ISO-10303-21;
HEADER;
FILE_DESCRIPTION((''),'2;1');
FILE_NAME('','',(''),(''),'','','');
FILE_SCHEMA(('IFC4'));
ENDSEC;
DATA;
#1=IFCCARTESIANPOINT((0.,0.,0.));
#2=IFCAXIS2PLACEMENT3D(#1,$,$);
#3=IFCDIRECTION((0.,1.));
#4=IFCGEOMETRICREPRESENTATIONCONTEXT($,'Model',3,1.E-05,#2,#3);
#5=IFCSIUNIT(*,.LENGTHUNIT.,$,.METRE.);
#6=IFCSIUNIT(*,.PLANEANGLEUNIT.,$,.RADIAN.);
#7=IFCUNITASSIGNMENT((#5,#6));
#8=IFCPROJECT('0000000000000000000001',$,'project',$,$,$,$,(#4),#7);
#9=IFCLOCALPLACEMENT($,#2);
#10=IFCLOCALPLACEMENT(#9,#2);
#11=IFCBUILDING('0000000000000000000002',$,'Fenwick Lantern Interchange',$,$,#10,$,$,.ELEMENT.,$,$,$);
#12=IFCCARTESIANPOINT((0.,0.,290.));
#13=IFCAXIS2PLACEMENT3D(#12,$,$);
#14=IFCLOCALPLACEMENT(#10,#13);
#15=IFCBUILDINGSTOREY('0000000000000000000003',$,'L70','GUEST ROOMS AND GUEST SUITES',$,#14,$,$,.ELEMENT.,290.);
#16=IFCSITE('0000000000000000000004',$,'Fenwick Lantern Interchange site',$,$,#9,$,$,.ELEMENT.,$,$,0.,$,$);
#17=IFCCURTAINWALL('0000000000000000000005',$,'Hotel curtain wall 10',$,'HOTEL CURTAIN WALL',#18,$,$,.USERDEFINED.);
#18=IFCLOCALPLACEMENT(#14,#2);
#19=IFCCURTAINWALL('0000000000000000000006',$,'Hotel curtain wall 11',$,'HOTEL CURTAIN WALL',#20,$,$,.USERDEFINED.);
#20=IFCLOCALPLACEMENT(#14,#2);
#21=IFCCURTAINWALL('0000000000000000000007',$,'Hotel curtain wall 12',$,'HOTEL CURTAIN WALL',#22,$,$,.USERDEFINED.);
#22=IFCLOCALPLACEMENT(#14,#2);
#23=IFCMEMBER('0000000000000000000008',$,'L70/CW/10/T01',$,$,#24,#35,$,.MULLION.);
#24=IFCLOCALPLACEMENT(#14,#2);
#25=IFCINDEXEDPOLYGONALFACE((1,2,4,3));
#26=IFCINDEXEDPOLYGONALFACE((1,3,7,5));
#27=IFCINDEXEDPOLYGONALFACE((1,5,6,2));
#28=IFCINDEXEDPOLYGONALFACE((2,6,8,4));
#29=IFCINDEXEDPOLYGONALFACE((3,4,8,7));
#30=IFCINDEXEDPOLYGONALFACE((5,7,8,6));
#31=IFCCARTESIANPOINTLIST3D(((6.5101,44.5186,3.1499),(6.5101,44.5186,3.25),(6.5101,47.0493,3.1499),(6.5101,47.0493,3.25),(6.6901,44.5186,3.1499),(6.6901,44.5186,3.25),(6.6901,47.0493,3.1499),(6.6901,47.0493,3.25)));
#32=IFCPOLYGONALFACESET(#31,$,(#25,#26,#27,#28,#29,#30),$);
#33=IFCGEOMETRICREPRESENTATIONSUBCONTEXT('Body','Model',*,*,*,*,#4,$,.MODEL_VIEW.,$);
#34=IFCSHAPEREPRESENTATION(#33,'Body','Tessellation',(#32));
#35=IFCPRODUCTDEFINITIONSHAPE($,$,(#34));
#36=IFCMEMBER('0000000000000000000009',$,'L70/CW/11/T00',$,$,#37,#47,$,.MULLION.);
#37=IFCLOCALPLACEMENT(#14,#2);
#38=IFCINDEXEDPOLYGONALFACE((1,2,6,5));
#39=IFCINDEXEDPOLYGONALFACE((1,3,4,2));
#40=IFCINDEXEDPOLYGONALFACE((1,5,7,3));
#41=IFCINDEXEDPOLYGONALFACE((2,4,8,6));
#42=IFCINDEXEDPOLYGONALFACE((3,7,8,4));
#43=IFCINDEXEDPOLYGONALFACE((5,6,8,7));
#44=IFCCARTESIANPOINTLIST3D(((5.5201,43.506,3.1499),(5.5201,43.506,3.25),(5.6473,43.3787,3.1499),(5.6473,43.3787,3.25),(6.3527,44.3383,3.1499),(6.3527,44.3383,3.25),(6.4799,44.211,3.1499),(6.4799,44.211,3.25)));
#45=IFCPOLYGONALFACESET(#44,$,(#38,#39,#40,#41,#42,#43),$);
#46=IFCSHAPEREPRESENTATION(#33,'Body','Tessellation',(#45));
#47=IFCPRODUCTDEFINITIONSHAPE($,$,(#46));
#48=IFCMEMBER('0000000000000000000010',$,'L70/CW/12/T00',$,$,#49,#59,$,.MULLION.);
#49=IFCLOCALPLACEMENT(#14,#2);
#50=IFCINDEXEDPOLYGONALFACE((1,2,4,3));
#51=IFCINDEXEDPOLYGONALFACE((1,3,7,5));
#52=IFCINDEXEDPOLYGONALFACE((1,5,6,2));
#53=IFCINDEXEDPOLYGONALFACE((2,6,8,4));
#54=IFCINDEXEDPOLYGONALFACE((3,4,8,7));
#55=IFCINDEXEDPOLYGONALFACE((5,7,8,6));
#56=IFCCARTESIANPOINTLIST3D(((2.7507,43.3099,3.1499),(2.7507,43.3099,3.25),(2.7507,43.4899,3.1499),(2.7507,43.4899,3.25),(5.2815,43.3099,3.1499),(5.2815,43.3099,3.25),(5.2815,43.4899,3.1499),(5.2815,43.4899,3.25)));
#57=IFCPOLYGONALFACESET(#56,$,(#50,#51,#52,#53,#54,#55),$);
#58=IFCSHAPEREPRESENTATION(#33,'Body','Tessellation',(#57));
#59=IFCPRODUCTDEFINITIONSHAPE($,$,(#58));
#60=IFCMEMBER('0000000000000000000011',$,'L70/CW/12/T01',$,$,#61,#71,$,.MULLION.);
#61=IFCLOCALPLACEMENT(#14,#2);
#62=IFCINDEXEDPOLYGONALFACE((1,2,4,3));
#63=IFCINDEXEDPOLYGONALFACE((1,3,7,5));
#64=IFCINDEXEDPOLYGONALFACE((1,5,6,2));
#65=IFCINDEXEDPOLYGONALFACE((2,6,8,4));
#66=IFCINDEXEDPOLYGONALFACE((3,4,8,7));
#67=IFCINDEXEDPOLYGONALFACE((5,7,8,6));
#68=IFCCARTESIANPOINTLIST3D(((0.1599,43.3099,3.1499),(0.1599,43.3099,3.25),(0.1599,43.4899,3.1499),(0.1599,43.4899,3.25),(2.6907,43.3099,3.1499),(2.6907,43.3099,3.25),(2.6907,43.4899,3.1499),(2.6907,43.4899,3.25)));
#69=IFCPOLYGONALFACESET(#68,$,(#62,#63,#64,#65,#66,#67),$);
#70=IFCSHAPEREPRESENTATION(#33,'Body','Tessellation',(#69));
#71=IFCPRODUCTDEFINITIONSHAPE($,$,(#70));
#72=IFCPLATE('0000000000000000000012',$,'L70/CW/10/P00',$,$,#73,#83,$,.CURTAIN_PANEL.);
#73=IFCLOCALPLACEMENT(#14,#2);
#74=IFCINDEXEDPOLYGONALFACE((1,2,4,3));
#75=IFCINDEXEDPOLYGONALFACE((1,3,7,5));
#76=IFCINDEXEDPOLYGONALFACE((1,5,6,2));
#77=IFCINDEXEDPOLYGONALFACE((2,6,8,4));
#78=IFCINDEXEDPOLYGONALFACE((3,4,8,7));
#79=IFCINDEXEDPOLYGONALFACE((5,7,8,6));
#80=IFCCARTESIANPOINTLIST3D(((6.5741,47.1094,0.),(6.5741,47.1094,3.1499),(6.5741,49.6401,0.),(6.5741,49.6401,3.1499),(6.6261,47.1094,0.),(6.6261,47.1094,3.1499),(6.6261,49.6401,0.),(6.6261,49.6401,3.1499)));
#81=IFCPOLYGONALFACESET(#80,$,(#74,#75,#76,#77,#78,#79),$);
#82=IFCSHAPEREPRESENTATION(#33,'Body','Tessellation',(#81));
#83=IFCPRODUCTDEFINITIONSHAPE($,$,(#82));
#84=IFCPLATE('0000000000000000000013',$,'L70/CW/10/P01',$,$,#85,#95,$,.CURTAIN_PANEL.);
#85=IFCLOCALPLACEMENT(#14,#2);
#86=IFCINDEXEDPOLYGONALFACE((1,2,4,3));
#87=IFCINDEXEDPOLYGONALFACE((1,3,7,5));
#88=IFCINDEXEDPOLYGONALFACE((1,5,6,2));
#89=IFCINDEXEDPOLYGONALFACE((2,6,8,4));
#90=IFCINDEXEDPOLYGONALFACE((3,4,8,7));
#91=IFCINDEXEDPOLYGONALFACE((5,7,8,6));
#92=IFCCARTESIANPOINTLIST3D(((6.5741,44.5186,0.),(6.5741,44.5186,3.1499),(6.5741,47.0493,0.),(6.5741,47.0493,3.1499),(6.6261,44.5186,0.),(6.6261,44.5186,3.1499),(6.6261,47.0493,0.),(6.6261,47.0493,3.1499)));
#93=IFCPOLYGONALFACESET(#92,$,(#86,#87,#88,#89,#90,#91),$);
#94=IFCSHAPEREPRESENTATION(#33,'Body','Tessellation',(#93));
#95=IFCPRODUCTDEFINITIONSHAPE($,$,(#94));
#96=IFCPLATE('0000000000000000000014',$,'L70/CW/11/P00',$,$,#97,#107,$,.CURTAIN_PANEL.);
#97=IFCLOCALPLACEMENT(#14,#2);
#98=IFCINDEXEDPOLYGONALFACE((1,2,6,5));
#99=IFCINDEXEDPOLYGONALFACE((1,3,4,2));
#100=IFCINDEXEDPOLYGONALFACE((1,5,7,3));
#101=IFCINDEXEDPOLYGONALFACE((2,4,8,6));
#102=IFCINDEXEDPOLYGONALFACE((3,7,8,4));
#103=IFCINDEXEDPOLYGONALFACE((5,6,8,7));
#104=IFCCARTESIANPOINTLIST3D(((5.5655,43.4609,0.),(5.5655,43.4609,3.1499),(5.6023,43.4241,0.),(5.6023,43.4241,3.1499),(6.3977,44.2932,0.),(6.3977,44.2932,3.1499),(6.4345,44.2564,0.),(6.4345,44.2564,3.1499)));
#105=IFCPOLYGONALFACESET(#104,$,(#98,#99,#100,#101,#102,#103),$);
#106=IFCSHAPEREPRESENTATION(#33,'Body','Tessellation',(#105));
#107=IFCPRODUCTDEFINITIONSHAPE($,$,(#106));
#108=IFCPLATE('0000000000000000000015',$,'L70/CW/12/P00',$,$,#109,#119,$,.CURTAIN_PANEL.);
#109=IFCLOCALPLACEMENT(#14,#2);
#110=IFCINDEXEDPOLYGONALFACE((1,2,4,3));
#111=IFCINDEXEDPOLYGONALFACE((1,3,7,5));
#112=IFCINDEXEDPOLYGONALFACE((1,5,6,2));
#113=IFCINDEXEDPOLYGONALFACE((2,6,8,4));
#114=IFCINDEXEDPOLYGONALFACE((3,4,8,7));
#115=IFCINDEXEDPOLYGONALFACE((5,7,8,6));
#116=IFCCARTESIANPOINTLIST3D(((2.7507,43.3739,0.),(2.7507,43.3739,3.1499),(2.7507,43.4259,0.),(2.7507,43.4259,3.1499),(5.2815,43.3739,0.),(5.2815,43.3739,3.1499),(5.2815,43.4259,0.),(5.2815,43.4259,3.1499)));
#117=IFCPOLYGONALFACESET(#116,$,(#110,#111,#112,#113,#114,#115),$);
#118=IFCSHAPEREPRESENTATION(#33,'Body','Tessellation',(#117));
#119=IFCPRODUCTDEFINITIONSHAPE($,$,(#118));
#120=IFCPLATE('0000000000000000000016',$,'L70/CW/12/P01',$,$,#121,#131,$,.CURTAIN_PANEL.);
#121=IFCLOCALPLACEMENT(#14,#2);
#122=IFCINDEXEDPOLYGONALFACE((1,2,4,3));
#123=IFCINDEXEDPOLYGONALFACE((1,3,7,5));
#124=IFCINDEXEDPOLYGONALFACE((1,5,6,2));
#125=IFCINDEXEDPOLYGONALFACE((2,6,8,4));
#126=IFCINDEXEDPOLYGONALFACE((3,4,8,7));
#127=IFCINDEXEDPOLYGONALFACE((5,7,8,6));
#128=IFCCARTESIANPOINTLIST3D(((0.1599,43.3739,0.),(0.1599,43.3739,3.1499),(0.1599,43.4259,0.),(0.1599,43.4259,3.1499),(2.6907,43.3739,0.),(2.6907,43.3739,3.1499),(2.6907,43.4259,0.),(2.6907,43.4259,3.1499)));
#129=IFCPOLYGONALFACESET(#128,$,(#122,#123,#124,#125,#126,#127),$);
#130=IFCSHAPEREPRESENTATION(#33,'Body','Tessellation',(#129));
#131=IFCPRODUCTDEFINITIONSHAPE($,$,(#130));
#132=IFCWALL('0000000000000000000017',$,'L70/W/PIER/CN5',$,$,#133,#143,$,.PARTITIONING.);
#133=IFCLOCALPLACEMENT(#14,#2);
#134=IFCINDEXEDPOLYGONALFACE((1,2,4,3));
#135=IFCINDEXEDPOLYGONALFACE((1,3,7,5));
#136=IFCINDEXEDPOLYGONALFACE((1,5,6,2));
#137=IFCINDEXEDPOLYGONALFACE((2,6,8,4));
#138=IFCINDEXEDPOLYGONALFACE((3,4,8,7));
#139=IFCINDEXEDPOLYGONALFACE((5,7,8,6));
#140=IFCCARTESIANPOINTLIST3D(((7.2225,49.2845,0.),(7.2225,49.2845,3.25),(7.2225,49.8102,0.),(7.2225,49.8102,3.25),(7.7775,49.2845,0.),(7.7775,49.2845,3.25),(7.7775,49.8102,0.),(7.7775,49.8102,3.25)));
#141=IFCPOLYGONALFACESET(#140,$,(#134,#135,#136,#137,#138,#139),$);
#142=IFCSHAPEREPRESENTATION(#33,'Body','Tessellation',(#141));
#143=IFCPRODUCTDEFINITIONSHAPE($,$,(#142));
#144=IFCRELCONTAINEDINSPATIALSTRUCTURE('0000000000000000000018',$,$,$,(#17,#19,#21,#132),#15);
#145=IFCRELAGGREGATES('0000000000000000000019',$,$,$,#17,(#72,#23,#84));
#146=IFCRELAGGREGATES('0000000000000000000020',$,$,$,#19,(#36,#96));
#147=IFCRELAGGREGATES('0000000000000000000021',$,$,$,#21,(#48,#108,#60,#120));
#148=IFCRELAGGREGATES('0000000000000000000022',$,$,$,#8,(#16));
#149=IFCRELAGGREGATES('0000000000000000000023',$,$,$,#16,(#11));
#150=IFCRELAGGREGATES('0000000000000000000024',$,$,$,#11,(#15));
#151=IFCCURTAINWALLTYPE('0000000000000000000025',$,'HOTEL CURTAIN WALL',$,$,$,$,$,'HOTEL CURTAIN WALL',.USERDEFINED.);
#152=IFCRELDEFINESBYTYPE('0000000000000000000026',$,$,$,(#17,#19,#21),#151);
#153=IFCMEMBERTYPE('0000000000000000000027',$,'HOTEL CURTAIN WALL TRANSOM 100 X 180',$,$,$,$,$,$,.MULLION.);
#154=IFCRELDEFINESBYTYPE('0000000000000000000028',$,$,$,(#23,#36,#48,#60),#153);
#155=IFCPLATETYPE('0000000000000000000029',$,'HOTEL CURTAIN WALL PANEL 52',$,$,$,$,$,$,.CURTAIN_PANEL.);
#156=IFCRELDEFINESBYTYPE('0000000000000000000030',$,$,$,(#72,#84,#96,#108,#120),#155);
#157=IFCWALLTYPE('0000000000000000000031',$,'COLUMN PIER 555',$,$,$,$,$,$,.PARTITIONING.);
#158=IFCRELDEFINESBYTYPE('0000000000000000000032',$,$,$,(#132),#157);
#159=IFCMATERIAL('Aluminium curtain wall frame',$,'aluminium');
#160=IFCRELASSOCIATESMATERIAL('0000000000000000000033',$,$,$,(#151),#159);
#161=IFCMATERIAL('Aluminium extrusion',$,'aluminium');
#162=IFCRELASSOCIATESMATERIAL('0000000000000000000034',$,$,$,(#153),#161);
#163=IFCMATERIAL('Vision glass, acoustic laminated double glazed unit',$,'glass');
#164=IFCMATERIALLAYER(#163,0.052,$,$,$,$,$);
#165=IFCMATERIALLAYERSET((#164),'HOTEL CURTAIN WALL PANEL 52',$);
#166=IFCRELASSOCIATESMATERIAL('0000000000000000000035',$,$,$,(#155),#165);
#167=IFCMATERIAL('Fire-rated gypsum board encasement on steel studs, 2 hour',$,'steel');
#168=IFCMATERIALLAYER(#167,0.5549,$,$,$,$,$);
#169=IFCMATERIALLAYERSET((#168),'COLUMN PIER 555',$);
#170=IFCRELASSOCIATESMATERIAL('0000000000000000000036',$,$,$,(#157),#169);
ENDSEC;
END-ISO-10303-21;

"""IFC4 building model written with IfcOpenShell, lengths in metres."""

from ifc_helpers import new_model, si_unit, direction, frame, frame_2d, origin, origin_2d, place, context, subcontext, project, spatial, rectangle, extrude, material, layer, layer_set, material_profile, profile_set, type_object, element, aggregate, save


model = new_model("IFC4")

# Units and contexts
model_context = context("Model", 3, precision=1e-05, world=origin(), true_north=direction((0.0, 1.0)))
body_context = subcontext(model_context, "Body", "Model", "MODEL_VIEW")
ifc_project = project(units=[si_unit("LENGTHUNIT", "METRE"), si_unit("PLANEANGLEUNIT", "RADIAN")], contexts=[model_context])

# Site, building, storey
site_placement = place(None, origin())
site = spatial("IfcSite", under=ifc_project, at=site_placement, Name="Fenwick Lantern Interchange site", CompositionType="ELEMENT", RefElevation=0.0)
building_placement = place(site_placement, origin())
building = spatial("IfcBuilding", under=site, at=building_placement, Name="Fenwick Lantern Interchange", CompositionType="ELEMENT")
storey_placement = place(building_placement, frame((0.0, 0.0, 290.0)))
storey = spatial("IfcBuildingStorey", under=building, at=storey_placement, Name="L70", Description="GUEST ROOMS AND GUEST SUITES", CompositionType="ELEMENT", Elevation=290.0)

# Shared definitions
ifc_material_1 = material(Name="Aluminium curtain wall frame", Category="aluminium")
curtain_wall_type = type_object("IfcCurtainWallType", Name="HOTEL CURTAIN WALL", ElementType="HOTEL CURTAIN WALL", PredefinedType="USERDEFINED", material=ifc_material_1)
ifc_material_2 = material(Name="Aluminium extrusion", Category="aluminium")

# Curtain walls
curtain_wall_1_placement = place(storey_placement, origin())
curtain_wall_1 = element("IfcCurtainWall", 1, at=curtain_wall_1_placement, inside=storey, type_object=curtain_wall_type, Name="Hotel curtain wall 10", ObjectType="HOTEL CURTAIN WALL", PredefinedType="USERDEFINED")
curtain_wall_2_placement = place(storey_placement, origin())
curtain_wall_2 = element("IfcCurtainWall", 2, at=curtain_wall_2_placement, inside=storey, type_object=curtain_wall_type, Name="Hotel curtain wall 11", ObjectType="HOTEL CURTAIN WALL", PredefinedType="USERDEFINED")
curtain_wall_3_placement = place(storey_placement, origin())
curtain_wall_3 = element("IfcCurtainWall", 3, at=curtain_wall_3_placement, inside=storey, type_object=curtain_wall_type, Name="Hotel curtain wall 12", ObjectType="HOTEL CURTAIN WALL", PredefinedType="USERDEFINED")

# Members
ifc_material_profile_1 = material_profile(ifc_material_2, rectangle(XDim=0.1799, YDim=0.1001, at=origin_2d()), Name="HOTEL CURTAIN WALL TRANSOM 100 X 180")
ifc_profile_set_1 = profile_set([ifc_material_profile_1], Name="Aluminium extrusion")
member_type_1 = type_object("IfcMemberType", Name="HOTEL CURTAIN WALL TRANSOM 100 X 180", PredefinedType="MULLION", material=ifc_profile_set_1)
member_1_placement = place(storey_placement, frame((6.6001, 47.0493, 3.2), z_axis=(0.0, -1.0, 0.0), x_axis=(1.0, 0.0, 0.0)))
member_1 = element("IfcMember", 4, at=member_1_placement, type_object=member_type_1, Name="L70/CW/10/T01", PredefinedType="MULLION", context=body_context, shape_type="SweptSolid", body=[
    extrude(rectangle(XDim=0.1799, YDim=0.1001, at=origin_2d()), origin(), (0.0, 0.0, 1.0), 2.5308),
])
member_2_placement = place(storey_placement, frame((6.4163, 44.2747, 3.2), z_axis=(-0.70721, -0.707003, 0.0), x_axis=(0.707003, -0.70721, 0.0)))
member_2 = element("IfcMember", 5, at=member_2_placement, type_object=member_type_1, Name="L70/CW/11/T00", PredefinedType="MULLION", context=body_context, shape_type="SweptSolid", body=[
    extrude(rectangle(XDim=0.1799, YDim=0.1001, at=origin_2d()), origin(), (0.0, 0.0, 1.0), 1.1772),
])
member_3_placement = place(storey_placement, frame((5.2815, 43.3999, 3.2), z_axis=(-1.0, 0.0, 0.0), x_axis=(0.0, -1.0, 0.0)))
member_3 = element("IfcMember", 6, at=member_3_placement, type_object=member_type_1, Name="L70/CW/12/T00", PredefinedType="MULLION", context=body_context, shape_type="SweptSolid", body=[
    extrude(rectangle(XDim=0.1799, YDim=0.1001, at=origin_2d()), origin(), (0.0, 0.0, 1.0), 2.5308),
])
member_4_placement = place(storey_placement, frame((2.6907, 43.3999, 3.2), z_axis=(-1.0, 0.0, 0.0), x_axis=(0.0, -1.0, 0.0)))
member_4 = element("IfcMember", 7, at=member_4_placement, type_object=member_type_1, Name="L70/CW/12/T01", PredefinedType="MULLION", context=body_context, shape_type="SweptSolid", body=[
    extrude(rectangle(XDim=0.1799, YDim=0.1001, at=origin_2d()), origin(), (0.0, 0.0, 1.0), 2.5308),
])

# Plates
ifc_material_3 = material(Name="Vision glass, acoustic laminated double glazed unit", Category="glass")
ifc_layer_1 = layer(ifc_material_3, 0.052)
ifc_layer_set_1 = layer_set([ifc_layer_1], Name="HOTEL CURTAIN WALL PANEL 52")
plate_type = type_object("IfcPlateType", Name="HOTEL CURTAIN WALL PANEL 52", PredefinedType="CURTAIN_PANEL", material=ifc_layer_set_1)
plate_1_placement = place(storey_placement, frame((6.6001, 48.3748, 0.0), z_axis=(0.0, 0.0, 1.0), x_axis=(0.0, -1.0, 0.0)))
plate_1 = element("IfcPlate", 8, at=plate_1_placement, type_object=plate_type, Name="L70/CW/10/P00", PredefinedType="CURTAIN_PANEL", context=body_context, shape_type="SweptSolid", body=[
    extrude(rectangle(XDim=2.5308, YDim=0.052, at=origin_2d()), origin(), (0.0, 0.0, 1.0), 3.1499),
])
plate_2_placement = place(storey_placement, frame((6.6001, 45.7839, 0.0), z_axis=(0.0, 0.0, 1.0), x_axis=(0.0, -1.0, 0.0)))
plate_2 = element("IfcPlate", 9, at=plate_2_placement, type_object=plate_type, Name="L70/CW/10/P01", PredefinedType="CURTAIN_PANEL", context=body_context, shape_type="SweptSolid", body=[
    extrude(rectangle(XDim=2.5308, YDim=0.052, at=origin_2d()), origin(), (0.0, 0.0, 1.0), 3.1499),
])
aggregate(curtain_wall_1, [plate_1, member_1, plate_2])
plate_3_placement = place(storey_placement, frame((6.0, 43.8586, 0.0), z_axis=(0.0, 0.0, 1.0), x_axis=(-0.707107, -0.707107, 0.0)))
plate_3 = element("IfcPlate", 10, at=plate_3_placement, type_object=plate_type, Name="L70/CW/11/P00", PredefinedType="CURTAIN_PANEL", context=body_context, shape_type="SweptSolid", body=[
    extrude(rectangle(XDim=1.177, YDim=0.052, at=origin_2d()), origin(), (0.0, 0.0, 1.0), 3.1499),
])
aggregate(curtain_wall_2, [member_2, plate_3])
plate_4_placement = place(storey_placement, frame((4.0161, 43.3999, 0.0), z_axis=(0.0, 0.0, 1.0), x_axis=(-1.0, 0.0, 0.0)))
plate_4 = element("IfcPlate", 11, at=plate_4_placement, type_object=plate_type, Name="L70/CW/12/P00", PredefinedType="CURTAIN_PANEL", context=body_context, shape_type="SweptSolid", body=[
    extrude(rectangle(XDim=2.5308, YDim=0.052, at=origin_2d()), origin(), (0.0, 0.0, 1.0), 3.1499),
])
plate_5_placement = place(storey_placement, frame((1.4253, 43.3999, 0.0), z_axis=(0.0, 0.0, 1.0), x_axis=(-1.0, 0.0, 0.0)))
plate_5 = element("IfcPlate", 12, at=plate_5_placement, type_object=plate_type, Name="L70/CW/12/P01", PredefinedType="CURTAIN_PANEL", context=body_context, shape_type="SweptSolid", body=[
    extrude(rectangle(XDim=2.5308, YDim=0.052, at=origin_2d()), origin(), (0.0, 0.0, 1.0), 3.1499),
])
aggregate(curtain_wall_3, [member_3, plate_4, member_4, plate_5])

# Wall
ifc_material_4 = material(Name="Fire-rated gypsum board encasement on steel studs, 2 hour", Category="steel")
ifc_layer_2 = layer(ifc_material_4, 0.5549)
ifc_layer_set_2 = layer_set([ifc_layer_2], Name="COLUMN PIER 555")
wall_type = type_object("IfcWallType", Name="COLUMN PIER 555", PredefinedType="PARTITIONING", material=ifc_layer_set_2)
wall_placement = place(storey_placement, frame((7.5, 49.8101, 0.0), z_axis=(0.0, 0.0, 1.0), x_axis=(0.0, -1.0, 0.0)))
element("IfcWall", 13, at=wall_placement, inside=storey, type_object=wall_type, Name="L70/W/PIER/CN5", PredefinedType="PARTITIONING", context=body_context, shape_type="SweptSolid", body=[
    extrude(rectangle(XDim=0.5256, YDim=0.5549, at=frame_2d((0.2627, 0.0))), origin(), (0.0, 0.0, 1.0), 3.25),
])

save(model, "model.ifc")
